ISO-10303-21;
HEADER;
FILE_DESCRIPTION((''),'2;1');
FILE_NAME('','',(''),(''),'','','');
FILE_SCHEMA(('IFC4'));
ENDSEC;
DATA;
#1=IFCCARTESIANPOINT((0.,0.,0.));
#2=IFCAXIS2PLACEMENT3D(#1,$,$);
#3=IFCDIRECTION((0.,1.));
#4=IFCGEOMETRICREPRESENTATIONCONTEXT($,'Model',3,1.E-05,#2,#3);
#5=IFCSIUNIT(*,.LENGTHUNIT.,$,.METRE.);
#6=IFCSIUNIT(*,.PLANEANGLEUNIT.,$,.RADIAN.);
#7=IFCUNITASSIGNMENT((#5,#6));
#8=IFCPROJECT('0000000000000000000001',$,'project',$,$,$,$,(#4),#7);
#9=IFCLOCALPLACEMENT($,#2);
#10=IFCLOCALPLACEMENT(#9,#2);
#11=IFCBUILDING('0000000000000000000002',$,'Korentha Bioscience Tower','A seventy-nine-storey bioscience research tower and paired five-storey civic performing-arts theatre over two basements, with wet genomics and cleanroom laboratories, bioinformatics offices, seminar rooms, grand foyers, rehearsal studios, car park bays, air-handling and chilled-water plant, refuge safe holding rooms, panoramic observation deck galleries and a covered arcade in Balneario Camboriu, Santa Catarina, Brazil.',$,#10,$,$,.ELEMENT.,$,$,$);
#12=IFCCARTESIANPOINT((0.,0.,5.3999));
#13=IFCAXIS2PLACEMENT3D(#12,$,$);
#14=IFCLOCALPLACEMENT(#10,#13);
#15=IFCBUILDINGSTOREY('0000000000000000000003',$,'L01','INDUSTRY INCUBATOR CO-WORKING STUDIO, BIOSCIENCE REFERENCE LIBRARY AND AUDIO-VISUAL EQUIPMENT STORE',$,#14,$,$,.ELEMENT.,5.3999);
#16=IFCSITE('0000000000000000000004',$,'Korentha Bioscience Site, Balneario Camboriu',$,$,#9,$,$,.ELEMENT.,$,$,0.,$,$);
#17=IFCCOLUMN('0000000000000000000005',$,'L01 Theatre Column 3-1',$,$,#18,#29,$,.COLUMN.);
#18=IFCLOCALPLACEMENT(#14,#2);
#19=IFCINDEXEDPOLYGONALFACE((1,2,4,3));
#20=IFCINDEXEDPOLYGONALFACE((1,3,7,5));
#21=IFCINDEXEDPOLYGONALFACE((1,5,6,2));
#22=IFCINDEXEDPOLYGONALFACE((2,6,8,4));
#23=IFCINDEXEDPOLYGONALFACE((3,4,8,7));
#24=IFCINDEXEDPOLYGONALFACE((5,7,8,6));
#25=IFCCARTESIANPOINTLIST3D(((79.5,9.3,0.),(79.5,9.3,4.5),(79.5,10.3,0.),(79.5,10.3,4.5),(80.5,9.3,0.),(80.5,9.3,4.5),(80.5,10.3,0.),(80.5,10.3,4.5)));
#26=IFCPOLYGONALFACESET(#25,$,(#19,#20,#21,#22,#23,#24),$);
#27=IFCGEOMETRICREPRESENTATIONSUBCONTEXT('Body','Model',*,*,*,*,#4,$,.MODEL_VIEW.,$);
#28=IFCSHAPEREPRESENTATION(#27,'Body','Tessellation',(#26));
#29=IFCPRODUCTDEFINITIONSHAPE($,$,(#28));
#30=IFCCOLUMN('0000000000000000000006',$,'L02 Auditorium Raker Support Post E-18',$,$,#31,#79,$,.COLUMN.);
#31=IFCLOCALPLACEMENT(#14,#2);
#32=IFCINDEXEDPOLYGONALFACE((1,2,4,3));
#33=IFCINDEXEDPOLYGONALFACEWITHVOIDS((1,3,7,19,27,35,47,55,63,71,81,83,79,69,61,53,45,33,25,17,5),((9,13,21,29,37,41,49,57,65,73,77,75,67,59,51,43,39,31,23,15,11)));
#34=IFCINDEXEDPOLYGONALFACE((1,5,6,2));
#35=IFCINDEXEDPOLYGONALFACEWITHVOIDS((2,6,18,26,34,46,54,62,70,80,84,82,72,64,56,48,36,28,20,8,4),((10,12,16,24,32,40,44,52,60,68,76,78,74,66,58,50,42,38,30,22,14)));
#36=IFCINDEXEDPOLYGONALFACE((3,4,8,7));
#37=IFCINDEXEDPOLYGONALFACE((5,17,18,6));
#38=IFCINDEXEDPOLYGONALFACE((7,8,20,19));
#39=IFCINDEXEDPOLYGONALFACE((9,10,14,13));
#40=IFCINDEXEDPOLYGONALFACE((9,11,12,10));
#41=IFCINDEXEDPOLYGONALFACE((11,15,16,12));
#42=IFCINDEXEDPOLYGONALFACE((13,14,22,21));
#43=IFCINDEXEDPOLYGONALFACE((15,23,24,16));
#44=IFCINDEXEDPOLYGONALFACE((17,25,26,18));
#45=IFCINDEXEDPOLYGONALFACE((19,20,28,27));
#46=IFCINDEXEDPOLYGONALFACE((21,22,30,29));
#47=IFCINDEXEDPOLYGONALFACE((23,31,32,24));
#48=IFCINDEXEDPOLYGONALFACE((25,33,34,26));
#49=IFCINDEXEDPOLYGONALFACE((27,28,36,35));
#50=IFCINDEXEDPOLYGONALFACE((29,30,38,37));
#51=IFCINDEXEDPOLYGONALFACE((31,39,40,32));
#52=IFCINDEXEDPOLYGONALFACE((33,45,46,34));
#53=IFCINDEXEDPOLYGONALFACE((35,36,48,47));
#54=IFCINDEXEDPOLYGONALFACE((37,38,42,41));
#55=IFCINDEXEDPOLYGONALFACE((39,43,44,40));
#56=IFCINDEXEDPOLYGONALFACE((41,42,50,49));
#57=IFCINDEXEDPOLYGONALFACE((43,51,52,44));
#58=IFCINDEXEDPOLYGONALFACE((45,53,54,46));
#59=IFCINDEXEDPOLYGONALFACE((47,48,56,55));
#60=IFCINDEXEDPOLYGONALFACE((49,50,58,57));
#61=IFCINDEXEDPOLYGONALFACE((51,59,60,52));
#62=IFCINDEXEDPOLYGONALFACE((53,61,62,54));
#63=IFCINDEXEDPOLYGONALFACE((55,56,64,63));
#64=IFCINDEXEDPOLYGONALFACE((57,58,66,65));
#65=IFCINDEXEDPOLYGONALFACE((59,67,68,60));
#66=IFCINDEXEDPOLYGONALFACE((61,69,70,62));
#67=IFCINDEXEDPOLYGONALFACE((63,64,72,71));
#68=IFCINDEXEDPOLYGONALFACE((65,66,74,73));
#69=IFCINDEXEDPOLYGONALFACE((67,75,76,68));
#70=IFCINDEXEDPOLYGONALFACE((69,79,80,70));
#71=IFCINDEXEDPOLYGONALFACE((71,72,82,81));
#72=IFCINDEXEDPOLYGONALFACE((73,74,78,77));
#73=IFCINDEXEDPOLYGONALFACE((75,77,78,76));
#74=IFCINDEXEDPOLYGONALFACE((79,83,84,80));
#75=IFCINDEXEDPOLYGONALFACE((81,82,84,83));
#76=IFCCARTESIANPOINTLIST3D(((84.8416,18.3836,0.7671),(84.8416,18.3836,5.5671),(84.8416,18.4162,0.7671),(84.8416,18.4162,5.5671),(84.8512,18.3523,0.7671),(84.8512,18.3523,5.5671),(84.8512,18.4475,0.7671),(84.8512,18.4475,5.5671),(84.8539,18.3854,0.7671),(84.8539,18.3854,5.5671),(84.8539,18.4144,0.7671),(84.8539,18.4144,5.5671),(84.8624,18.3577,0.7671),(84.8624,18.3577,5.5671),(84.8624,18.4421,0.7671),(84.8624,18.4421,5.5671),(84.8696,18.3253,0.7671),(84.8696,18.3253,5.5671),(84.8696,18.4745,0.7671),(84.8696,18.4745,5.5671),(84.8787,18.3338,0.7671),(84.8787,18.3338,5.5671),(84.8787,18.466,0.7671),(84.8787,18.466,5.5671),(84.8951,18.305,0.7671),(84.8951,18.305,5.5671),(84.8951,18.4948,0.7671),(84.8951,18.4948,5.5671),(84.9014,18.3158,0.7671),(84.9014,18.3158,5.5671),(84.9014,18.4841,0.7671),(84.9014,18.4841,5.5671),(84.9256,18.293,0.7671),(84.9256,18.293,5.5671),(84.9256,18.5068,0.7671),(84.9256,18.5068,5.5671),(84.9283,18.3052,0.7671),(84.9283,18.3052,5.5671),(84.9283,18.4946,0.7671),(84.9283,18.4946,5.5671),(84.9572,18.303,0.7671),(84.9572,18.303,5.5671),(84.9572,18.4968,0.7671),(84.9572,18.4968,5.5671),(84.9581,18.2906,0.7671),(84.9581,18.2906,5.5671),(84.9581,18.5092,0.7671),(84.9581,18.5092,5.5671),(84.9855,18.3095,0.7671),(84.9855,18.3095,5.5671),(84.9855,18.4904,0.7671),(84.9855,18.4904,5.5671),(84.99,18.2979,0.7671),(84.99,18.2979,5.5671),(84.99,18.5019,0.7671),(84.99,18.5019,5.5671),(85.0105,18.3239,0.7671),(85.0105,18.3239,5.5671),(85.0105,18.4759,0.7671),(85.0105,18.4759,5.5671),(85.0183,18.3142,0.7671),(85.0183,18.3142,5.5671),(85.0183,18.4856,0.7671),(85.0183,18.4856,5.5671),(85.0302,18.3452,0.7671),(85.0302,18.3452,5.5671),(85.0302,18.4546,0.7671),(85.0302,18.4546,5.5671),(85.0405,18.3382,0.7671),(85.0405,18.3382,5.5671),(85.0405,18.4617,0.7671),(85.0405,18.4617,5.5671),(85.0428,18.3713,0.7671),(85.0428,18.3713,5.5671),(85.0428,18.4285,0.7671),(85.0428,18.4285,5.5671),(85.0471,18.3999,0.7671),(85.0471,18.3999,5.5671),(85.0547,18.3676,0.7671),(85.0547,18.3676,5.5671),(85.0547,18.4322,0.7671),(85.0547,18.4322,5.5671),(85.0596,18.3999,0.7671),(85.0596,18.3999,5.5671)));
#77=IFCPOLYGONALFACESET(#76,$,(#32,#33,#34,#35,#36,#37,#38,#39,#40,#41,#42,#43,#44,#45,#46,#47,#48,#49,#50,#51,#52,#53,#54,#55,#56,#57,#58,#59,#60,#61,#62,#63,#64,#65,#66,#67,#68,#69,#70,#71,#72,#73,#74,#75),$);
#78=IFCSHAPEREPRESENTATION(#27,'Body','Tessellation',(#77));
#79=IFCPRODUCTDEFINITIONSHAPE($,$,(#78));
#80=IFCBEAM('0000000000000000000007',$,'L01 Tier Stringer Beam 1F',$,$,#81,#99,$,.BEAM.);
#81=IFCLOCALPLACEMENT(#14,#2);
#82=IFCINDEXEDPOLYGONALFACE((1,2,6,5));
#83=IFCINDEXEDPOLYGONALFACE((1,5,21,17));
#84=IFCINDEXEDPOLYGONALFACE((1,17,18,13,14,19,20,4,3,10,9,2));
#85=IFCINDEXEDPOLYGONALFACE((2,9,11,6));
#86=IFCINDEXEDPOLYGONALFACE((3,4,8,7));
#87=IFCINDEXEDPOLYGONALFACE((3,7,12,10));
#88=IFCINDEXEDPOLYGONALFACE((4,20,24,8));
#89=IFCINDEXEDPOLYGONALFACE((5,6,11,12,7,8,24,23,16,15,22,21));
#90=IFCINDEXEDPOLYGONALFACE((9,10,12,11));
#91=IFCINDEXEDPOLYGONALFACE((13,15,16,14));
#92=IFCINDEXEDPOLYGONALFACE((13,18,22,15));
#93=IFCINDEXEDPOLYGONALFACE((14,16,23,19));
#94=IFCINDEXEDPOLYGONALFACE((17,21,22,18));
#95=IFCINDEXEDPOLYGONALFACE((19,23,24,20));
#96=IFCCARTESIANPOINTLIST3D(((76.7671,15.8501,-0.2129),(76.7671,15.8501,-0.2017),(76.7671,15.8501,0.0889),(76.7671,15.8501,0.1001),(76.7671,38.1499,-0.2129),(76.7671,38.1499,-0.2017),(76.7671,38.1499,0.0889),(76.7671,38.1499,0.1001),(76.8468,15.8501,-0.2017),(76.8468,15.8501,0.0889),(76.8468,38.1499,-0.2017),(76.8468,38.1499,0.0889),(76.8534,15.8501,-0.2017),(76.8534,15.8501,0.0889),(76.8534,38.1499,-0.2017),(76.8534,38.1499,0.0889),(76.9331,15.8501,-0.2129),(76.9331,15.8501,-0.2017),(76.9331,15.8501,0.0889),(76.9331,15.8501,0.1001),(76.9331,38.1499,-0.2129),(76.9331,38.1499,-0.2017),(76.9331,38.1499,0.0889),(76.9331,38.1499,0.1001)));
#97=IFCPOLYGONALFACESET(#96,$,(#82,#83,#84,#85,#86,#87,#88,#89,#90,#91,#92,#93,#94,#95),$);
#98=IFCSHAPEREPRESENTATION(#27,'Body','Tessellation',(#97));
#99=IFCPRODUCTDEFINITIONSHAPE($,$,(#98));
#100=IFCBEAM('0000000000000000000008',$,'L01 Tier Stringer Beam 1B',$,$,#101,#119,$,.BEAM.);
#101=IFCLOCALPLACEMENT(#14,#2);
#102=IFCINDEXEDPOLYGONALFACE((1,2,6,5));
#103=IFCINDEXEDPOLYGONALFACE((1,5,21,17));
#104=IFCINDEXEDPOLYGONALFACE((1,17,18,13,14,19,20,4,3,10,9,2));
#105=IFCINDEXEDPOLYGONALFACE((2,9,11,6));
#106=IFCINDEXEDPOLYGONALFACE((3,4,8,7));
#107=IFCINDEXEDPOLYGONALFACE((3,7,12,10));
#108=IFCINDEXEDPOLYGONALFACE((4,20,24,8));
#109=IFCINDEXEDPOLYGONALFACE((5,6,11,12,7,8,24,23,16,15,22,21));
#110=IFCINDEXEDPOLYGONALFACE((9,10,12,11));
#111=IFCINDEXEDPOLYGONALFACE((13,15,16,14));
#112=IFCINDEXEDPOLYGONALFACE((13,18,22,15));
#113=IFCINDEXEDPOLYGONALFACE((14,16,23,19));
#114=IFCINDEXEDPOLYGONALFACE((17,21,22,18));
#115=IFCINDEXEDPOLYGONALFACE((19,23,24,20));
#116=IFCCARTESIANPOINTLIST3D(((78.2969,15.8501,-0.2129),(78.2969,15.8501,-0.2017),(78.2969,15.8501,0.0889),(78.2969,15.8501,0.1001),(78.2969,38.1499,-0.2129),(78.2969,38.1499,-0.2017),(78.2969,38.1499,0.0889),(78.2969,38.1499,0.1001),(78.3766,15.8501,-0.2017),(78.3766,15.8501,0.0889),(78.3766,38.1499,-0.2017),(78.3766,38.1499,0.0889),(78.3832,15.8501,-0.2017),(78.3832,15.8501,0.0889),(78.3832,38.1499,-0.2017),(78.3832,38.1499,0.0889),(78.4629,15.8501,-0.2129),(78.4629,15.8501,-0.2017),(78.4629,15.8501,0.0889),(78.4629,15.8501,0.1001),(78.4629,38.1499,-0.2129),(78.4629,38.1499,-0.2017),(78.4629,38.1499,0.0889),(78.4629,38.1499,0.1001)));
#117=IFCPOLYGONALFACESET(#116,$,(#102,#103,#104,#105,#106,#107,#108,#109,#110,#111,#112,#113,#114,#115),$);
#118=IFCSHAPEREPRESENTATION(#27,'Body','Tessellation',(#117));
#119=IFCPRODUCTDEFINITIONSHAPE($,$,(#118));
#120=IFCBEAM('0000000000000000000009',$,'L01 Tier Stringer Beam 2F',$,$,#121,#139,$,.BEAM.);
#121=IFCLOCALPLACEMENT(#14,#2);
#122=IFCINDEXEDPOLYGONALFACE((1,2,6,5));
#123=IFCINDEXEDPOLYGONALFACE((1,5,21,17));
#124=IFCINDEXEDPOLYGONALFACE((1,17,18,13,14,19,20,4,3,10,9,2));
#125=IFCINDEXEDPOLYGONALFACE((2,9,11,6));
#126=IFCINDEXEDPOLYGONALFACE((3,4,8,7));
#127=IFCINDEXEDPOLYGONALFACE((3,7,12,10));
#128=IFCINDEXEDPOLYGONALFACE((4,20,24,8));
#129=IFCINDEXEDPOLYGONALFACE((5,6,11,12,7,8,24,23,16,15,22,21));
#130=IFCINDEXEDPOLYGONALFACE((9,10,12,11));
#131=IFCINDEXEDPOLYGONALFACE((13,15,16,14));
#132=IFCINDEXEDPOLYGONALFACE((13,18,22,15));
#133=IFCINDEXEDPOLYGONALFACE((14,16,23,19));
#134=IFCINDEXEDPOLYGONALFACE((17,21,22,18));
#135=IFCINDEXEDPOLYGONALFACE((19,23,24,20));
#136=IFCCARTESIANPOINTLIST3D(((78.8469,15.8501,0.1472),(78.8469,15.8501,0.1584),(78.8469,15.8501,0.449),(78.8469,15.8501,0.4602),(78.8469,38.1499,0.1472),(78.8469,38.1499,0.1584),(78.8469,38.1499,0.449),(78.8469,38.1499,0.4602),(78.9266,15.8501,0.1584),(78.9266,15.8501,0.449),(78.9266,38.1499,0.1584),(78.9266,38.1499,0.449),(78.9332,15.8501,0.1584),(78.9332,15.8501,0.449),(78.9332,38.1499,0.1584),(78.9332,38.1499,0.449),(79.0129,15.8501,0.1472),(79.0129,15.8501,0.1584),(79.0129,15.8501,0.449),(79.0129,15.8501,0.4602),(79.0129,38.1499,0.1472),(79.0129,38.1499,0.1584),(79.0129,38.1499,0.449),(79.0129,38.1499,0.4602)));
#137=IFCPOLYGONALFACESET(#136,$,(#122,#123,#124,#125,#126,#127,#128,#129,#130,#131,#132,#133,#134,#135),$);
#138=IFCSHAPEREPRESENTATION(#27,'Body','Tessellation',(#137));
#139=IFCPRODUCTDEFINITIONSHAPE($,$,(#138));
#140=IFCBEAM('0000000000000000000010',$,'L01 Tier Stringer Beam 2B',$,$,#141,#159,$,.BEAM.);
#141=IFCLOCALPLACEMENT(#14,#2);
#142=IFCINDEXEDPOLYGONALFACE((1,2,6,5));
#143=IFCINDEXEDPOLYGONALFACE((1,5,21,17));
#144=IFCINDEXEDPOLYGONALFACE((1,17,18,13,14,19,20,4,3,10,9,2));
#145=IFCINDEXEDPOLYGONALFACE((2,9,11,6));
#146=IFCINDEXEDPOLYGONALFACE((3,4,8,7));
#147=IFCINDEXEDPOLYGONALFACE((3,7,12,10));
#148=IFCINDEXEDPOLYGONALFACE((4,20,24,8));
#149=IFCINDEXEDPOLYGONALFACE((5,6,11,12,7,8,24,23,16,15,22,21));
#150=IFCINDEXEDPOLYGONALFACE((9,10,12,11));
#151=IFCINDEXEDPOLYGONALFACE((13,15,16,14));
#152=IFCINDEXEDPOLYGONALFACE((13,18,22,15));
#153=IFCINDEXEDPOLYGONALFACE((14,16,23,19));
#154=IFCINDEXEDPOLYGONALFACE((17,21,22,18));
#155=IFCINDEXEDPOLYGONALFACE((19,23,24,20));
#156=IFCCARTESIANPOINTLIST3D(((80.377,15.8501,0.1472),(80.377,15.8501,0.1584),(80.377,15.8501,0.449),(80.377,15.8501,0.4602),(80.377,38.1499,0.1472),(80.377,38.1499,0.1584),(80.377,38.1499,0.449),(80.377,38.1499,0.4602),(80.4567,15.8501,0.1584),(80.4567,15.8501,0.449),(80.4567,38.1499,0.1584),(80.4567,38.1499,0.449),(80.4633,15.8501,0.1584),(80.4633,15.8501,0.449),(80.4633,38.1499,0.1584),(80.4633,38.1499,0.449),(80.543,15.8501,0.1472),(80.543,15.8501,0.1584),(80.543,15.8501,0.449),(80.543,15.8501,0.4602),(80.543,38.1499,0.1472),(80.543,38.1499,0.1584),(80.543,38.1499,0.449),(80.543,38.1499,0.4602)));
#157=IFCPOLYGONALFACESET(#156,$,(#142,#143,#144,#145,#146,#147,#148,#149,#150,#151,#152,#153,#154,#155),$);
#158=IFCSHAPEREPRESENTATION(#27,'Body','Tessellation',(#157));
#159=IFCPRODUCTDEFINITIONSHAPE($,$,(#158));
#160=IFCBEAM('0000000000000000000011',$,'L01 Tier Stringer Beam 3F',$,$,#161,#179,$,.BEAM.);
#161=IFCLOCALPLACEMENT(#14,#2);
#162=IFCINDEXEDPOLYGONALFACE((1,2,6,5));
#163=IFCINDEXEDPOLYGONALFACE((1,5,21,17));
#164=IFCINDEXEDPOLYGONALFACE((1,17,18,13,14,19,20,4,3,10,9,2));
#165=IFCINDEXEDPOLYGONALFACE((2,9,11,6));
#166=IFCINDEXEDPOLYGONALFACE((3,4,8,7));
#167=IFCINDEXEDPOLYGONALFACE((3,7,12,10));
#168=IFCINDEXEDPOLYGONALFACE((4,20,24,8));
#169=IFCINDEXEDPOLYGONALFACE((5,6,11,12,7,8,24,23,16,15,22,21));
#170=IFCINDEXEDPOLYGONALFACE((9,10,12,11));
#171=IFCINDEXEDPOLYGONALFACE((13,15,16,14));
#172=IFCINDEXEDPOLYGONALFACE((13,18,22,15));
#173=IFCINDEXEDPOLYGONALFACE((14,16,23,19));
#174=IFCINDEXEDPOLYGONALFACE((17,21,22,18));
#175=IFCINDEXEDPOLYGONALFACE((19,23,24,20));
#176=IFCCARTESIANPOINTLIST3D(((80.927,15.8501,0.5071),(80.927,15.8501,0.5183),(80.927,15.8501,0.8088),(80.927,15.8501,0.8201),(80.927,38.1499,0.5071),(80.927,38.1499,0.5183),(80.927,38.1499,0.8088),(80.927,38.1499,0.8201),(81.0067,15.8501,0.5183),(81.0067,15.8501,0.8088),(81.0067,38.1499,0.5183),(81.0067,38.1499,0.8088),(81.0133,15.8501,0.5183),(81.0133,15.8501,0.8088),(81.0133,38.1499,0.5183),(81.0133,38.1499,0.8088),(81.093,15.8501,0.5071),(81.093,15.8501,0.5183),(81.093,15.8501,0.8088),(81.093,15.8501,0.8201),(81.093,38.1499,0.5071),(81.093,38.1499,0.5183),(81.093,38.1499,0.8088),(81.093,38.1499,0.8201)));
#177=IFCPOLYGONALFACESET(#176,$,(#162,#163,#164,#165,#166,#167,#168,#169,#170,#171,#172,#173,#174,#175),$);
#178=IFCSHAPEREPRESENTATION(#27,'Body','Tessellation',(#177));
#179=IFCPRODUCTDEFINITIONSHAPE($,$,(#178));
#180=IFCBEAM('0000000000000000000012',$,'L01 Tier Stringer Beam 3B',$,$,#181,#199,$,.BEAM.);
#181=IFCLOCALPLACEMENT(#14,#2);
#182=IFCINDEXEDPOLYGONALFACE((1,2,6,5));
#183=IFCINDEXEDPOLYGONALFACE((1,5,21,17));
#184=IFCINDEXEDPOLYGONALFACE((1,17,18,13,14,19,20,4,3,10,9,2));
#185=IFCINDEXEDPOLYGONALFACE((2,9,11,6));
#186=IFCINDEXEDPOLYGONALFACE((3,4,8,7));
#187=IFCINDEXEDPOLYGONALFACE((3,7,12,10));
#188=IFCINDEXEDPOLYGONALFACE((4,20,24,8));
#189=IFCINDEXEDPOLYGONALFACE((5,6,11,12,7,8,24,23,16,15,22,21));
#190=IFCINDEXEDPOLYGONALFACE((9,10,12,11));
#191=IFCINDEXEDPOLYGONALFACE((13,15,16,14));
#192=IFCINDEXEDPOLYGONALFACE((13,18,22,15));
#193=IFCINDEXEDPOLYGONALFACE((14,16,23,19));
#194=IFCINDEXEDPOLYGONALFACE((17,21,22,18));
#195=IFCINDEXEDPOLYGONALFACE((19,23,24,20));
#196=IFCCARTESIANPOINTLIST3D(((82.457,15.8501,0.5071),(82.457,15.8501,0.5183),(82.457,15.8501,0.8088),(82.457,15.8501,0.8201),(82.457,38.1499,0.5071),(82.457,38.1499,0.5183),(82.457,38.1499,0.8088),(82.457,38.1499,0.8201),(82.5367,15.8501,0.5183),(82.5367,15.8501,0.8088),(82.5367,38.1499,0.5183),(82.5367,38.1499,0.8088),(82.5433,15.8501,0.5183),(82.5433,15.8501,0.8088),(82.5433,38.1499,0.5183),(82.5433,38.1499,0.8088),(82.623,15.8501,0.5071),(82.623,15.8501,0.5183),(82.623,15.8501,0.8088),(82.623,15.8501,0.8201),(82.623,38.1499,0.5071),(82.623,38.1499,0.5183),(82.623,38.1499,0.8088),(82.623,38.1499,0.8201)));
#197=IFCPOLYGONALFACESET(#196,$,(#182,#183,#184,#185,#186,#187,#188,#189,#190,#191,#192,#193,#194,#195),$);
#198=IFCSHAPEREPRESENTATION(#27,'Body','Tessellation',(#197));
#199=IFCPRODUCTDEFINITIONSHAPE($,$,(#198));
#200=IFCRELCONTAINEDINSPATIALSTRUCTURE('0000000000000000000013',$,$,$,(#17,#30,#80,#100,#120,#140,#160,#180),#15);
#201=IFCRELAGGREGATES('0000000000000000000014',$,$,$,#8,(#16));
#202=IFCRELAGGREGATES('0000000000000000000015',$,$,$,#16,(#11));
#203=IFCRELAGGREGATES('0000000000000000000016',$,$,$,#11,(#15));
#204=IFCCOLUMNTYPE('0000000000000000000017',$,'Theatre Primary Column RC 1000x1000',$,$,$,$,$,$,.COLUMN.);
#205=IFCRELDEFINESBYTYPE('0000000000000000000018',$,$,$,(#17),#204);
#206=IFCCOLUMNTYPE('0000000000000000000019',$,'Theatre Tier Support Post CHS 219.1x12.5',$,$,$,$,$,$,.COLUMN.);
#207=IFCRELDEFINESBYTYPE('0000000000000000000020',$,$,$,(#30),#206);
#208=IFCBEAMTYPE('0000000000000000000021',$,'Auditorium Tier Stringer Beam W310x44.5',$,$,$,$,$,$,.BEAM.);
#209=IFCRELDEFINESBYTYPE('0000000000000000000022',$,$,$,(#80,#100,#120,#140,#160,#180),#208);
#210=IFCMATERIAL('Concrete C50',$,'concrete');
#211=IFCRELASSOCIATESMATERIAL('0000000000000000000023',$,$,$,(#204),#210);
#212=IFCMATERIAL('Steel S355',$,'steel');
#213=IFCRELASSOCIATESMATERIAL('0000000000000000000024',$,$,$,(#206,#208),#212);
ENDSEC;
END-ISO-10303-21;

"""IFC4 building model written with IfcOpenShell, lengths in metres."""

from ifc_helpers import new_model, si_unit, direction, frame, origin, origin_2d, place, context, subcontext, project, spatial, rectangle, hollow_circle, i_section, extrude, material, material_profile, profile_set, type_object, element, save


model = new_model("IFC4")

# Units and contexts
model_context = context("Model", 3, precision=1e-05, world=origin(), true_north=direction((0.0, 1.0)))
body_context = subcontext(model_context, "Body", "Model", "MODEL_VIEW")
ifc_project = project(units=[si_unit("LENGTHUNIT", "METRE"), si_unit("PLANEANGLEUNIT", "RADIAN")], contexts=[model_context])

# Site, building, storey
site_placement = place(None, origin())
site = spatial("IfcSite", under=ifc_project, at=site_placement, Name="Korentha Bioscience Site, Balneario Camboriu", CompositionType="ELEMENT", RefElevation=0.0)
building_placement = place(site_placement, origin())
building = spatial("IfcBuilding", under=site, at=building_placement, Name="Korentha Bioscience Tower", Description="A seventy-nine-storey bioscience research tower and paired five-storey civic performing-arts theatre over two basements, with wet genomics and cleanroom laboratories, bioinformatics offices, seminar rooms, grand foyers, rehearsal studios, car park bays, air-handling and chilled-water plant, refuge safe holding rooms, panoramic observation deck galleries and a covered arcade in Balneario Camboriu, Santa Catarina, Brazil.", CompositionType="ELEMENT")
storey_placement = place(building_placement, frame((0.0, 0.0, 5.3999)))
storey = spatial("IfcBuildingStorey", under=building, at=storey_placement, Name="L01", Description="INDUSTRY INCUBATOR CO-WORKING STUDIO, BIOSCIENCE REFERENCE LIBRARY AND AUDIO-VISUAL EQUIPMENT STORE", CompositionType="ELEMENT", Elevation=5.3999)

# Columns
ifc_material_1 = material(Name="Concrete C50", Category="concrete")
ifc_material_profile_1 = material_profile(ifc_material_1, rectangle(XDim=1.0, YDim=1.0, at=origin_2d()), Name="Concrete C50")
ifc_profile_set_1 = profile_set([ifc_material_profile_1], Name="Concrete C50 (TC-01)")
column_type_1 = type_object("IfcColumnType", Name="Theatre Primary Column RC 1000x1000", PredefinedType="COLUMN", material=ifc_profile_set_1)
column_1_placement = place(storey_placement, frame((80.0, 9.8, 0.0), z_axis=(0.0, 0.0, 1.0), x_axis=(1.0, 0.0, 0.0)))
element("IfcColumn", 1, at=column_1_placement, inside=storey, type_object=column_type_1, Name="L01 Theatre Column 3-1", PredefinedType="COLUMN", context=body_context, shape_type="SweptSolid", body=[
    extrude(rectangle(XDim=1.0, YDim=1.0, at=origin_2d()), origin(), (0.0, 0.0, 1.0), 4.5),
])
ifc_material_2 = material(Name="Steel S355", Category="steel")
ifc_material_profile_2 = material_profile(ifc_material_2, hollow_circle(Radius=0.1096, WallThickness=0.0125, at=origin_2d()), Name="Steel S355")
ifc_profile_set_2 = profile_set([ifc_material_profile_2], Name="Steel S355 (TC-P219)")
column_type_2 = type_object("IfcColumnType", Name="Theatre Tier Support Post CHS 219.1x12.5", PredefinedType="COLUMN", material=ifc_profile_set_2)
column_2_placement = place(storey_placement, frame((84.95, 18.3999, 0.7671), z_axis=(0.0, 0.0, 1.0), x_axis=(1.0, 0.0, 0.0)))
element("IfcColumn", 2, at=column_2_placement, inside=storey, type_object=column_type_2, Name="L02 Auditorium Raker Support Post E-18", PredefinedType="COLUMN", context=body_context, shape_type="SweptSolid", body=[
    extrude(hollow_circle(Radius=0.1096, WallThickness=0.0125, at=origin_2d()), origin(), (0.0, 0.0, 1.0), 4.8),
])

# Beams
ifc_material_profile_3 = material_profile(ifc_material_2, i_section(OverallWidth=0.166, OverallDepth=0.313, WebThickness=0.0066, FlangeThickness=0.0112, at=origin_2d()), Name="Steel S355")
ifc_profile_set_3 = profile_set([ifc_material_profile_3], Name="Steel S355 (TS-310)")
beam_type_1 = type_object("IfcBeamType", Name="Auditorium Tier Stringer Beam W310x44.5", PredefinedType="BEAM", material=ifc_profile_set_3)
for number, where, z_axis, x_axis, name in (
    (3, (76.8501, 15.8501, -0.0564), (0.0, 1.0, 0.0), (-1.0, 0.0, 0.0), "L01 Tier Stringer Beam 1F"),
    (4, (78.3799, 15.8501, -0.0564), (0.0, 1.0, 0.0), (-1.0, 0.0, 0.0), "L01 Tier Stringer Beam 1B"),
    (5, (78.9299, 15.8501, 0.3037), (0.0, 1.0, 0.0), (-1.0, 0.0, 0.0), "L01 Tier Stringer Beam 2F"),
    (6, (80.46, 15.8501, 0.3037), (0.0, 1.0, 0.0), (-1.0, 0.0, 0.0), "L01 Tier Stringer Beam 2B"),
    (7, (81.01, 15.8501, 0.6636), (0.0, 1.0, 0.0), (-1.0, 0.0, 0.0), "L01 Tier Stringer Beam 3F"),
    (8, (82.54, 15.8501, 0.6636), (0.0, 1.0, 0.0), (-1.0, 0.0, 0.0), "L01 Tier Stringer Beam 3B"),
):
    element("IfcBeam", number, at=place(storey_placement, frame(where, z_axis=z_axis, x_axis=x_axis)), inside=storey, type_object=beam_type_1, Name=name, PredefinedType="BEAM", context=body_context, shape_type="SweptSolid", body=[
        extrude(i_section(OverallWidth=0.166, OverallDepth=0.313, WebThickness=0.0066, FlangeThickness=0.0112, at=origin_2d()), origin(), (0.0, 0.0, 1.0), 22.2998),
    ])

save(model, "model.ifc")
